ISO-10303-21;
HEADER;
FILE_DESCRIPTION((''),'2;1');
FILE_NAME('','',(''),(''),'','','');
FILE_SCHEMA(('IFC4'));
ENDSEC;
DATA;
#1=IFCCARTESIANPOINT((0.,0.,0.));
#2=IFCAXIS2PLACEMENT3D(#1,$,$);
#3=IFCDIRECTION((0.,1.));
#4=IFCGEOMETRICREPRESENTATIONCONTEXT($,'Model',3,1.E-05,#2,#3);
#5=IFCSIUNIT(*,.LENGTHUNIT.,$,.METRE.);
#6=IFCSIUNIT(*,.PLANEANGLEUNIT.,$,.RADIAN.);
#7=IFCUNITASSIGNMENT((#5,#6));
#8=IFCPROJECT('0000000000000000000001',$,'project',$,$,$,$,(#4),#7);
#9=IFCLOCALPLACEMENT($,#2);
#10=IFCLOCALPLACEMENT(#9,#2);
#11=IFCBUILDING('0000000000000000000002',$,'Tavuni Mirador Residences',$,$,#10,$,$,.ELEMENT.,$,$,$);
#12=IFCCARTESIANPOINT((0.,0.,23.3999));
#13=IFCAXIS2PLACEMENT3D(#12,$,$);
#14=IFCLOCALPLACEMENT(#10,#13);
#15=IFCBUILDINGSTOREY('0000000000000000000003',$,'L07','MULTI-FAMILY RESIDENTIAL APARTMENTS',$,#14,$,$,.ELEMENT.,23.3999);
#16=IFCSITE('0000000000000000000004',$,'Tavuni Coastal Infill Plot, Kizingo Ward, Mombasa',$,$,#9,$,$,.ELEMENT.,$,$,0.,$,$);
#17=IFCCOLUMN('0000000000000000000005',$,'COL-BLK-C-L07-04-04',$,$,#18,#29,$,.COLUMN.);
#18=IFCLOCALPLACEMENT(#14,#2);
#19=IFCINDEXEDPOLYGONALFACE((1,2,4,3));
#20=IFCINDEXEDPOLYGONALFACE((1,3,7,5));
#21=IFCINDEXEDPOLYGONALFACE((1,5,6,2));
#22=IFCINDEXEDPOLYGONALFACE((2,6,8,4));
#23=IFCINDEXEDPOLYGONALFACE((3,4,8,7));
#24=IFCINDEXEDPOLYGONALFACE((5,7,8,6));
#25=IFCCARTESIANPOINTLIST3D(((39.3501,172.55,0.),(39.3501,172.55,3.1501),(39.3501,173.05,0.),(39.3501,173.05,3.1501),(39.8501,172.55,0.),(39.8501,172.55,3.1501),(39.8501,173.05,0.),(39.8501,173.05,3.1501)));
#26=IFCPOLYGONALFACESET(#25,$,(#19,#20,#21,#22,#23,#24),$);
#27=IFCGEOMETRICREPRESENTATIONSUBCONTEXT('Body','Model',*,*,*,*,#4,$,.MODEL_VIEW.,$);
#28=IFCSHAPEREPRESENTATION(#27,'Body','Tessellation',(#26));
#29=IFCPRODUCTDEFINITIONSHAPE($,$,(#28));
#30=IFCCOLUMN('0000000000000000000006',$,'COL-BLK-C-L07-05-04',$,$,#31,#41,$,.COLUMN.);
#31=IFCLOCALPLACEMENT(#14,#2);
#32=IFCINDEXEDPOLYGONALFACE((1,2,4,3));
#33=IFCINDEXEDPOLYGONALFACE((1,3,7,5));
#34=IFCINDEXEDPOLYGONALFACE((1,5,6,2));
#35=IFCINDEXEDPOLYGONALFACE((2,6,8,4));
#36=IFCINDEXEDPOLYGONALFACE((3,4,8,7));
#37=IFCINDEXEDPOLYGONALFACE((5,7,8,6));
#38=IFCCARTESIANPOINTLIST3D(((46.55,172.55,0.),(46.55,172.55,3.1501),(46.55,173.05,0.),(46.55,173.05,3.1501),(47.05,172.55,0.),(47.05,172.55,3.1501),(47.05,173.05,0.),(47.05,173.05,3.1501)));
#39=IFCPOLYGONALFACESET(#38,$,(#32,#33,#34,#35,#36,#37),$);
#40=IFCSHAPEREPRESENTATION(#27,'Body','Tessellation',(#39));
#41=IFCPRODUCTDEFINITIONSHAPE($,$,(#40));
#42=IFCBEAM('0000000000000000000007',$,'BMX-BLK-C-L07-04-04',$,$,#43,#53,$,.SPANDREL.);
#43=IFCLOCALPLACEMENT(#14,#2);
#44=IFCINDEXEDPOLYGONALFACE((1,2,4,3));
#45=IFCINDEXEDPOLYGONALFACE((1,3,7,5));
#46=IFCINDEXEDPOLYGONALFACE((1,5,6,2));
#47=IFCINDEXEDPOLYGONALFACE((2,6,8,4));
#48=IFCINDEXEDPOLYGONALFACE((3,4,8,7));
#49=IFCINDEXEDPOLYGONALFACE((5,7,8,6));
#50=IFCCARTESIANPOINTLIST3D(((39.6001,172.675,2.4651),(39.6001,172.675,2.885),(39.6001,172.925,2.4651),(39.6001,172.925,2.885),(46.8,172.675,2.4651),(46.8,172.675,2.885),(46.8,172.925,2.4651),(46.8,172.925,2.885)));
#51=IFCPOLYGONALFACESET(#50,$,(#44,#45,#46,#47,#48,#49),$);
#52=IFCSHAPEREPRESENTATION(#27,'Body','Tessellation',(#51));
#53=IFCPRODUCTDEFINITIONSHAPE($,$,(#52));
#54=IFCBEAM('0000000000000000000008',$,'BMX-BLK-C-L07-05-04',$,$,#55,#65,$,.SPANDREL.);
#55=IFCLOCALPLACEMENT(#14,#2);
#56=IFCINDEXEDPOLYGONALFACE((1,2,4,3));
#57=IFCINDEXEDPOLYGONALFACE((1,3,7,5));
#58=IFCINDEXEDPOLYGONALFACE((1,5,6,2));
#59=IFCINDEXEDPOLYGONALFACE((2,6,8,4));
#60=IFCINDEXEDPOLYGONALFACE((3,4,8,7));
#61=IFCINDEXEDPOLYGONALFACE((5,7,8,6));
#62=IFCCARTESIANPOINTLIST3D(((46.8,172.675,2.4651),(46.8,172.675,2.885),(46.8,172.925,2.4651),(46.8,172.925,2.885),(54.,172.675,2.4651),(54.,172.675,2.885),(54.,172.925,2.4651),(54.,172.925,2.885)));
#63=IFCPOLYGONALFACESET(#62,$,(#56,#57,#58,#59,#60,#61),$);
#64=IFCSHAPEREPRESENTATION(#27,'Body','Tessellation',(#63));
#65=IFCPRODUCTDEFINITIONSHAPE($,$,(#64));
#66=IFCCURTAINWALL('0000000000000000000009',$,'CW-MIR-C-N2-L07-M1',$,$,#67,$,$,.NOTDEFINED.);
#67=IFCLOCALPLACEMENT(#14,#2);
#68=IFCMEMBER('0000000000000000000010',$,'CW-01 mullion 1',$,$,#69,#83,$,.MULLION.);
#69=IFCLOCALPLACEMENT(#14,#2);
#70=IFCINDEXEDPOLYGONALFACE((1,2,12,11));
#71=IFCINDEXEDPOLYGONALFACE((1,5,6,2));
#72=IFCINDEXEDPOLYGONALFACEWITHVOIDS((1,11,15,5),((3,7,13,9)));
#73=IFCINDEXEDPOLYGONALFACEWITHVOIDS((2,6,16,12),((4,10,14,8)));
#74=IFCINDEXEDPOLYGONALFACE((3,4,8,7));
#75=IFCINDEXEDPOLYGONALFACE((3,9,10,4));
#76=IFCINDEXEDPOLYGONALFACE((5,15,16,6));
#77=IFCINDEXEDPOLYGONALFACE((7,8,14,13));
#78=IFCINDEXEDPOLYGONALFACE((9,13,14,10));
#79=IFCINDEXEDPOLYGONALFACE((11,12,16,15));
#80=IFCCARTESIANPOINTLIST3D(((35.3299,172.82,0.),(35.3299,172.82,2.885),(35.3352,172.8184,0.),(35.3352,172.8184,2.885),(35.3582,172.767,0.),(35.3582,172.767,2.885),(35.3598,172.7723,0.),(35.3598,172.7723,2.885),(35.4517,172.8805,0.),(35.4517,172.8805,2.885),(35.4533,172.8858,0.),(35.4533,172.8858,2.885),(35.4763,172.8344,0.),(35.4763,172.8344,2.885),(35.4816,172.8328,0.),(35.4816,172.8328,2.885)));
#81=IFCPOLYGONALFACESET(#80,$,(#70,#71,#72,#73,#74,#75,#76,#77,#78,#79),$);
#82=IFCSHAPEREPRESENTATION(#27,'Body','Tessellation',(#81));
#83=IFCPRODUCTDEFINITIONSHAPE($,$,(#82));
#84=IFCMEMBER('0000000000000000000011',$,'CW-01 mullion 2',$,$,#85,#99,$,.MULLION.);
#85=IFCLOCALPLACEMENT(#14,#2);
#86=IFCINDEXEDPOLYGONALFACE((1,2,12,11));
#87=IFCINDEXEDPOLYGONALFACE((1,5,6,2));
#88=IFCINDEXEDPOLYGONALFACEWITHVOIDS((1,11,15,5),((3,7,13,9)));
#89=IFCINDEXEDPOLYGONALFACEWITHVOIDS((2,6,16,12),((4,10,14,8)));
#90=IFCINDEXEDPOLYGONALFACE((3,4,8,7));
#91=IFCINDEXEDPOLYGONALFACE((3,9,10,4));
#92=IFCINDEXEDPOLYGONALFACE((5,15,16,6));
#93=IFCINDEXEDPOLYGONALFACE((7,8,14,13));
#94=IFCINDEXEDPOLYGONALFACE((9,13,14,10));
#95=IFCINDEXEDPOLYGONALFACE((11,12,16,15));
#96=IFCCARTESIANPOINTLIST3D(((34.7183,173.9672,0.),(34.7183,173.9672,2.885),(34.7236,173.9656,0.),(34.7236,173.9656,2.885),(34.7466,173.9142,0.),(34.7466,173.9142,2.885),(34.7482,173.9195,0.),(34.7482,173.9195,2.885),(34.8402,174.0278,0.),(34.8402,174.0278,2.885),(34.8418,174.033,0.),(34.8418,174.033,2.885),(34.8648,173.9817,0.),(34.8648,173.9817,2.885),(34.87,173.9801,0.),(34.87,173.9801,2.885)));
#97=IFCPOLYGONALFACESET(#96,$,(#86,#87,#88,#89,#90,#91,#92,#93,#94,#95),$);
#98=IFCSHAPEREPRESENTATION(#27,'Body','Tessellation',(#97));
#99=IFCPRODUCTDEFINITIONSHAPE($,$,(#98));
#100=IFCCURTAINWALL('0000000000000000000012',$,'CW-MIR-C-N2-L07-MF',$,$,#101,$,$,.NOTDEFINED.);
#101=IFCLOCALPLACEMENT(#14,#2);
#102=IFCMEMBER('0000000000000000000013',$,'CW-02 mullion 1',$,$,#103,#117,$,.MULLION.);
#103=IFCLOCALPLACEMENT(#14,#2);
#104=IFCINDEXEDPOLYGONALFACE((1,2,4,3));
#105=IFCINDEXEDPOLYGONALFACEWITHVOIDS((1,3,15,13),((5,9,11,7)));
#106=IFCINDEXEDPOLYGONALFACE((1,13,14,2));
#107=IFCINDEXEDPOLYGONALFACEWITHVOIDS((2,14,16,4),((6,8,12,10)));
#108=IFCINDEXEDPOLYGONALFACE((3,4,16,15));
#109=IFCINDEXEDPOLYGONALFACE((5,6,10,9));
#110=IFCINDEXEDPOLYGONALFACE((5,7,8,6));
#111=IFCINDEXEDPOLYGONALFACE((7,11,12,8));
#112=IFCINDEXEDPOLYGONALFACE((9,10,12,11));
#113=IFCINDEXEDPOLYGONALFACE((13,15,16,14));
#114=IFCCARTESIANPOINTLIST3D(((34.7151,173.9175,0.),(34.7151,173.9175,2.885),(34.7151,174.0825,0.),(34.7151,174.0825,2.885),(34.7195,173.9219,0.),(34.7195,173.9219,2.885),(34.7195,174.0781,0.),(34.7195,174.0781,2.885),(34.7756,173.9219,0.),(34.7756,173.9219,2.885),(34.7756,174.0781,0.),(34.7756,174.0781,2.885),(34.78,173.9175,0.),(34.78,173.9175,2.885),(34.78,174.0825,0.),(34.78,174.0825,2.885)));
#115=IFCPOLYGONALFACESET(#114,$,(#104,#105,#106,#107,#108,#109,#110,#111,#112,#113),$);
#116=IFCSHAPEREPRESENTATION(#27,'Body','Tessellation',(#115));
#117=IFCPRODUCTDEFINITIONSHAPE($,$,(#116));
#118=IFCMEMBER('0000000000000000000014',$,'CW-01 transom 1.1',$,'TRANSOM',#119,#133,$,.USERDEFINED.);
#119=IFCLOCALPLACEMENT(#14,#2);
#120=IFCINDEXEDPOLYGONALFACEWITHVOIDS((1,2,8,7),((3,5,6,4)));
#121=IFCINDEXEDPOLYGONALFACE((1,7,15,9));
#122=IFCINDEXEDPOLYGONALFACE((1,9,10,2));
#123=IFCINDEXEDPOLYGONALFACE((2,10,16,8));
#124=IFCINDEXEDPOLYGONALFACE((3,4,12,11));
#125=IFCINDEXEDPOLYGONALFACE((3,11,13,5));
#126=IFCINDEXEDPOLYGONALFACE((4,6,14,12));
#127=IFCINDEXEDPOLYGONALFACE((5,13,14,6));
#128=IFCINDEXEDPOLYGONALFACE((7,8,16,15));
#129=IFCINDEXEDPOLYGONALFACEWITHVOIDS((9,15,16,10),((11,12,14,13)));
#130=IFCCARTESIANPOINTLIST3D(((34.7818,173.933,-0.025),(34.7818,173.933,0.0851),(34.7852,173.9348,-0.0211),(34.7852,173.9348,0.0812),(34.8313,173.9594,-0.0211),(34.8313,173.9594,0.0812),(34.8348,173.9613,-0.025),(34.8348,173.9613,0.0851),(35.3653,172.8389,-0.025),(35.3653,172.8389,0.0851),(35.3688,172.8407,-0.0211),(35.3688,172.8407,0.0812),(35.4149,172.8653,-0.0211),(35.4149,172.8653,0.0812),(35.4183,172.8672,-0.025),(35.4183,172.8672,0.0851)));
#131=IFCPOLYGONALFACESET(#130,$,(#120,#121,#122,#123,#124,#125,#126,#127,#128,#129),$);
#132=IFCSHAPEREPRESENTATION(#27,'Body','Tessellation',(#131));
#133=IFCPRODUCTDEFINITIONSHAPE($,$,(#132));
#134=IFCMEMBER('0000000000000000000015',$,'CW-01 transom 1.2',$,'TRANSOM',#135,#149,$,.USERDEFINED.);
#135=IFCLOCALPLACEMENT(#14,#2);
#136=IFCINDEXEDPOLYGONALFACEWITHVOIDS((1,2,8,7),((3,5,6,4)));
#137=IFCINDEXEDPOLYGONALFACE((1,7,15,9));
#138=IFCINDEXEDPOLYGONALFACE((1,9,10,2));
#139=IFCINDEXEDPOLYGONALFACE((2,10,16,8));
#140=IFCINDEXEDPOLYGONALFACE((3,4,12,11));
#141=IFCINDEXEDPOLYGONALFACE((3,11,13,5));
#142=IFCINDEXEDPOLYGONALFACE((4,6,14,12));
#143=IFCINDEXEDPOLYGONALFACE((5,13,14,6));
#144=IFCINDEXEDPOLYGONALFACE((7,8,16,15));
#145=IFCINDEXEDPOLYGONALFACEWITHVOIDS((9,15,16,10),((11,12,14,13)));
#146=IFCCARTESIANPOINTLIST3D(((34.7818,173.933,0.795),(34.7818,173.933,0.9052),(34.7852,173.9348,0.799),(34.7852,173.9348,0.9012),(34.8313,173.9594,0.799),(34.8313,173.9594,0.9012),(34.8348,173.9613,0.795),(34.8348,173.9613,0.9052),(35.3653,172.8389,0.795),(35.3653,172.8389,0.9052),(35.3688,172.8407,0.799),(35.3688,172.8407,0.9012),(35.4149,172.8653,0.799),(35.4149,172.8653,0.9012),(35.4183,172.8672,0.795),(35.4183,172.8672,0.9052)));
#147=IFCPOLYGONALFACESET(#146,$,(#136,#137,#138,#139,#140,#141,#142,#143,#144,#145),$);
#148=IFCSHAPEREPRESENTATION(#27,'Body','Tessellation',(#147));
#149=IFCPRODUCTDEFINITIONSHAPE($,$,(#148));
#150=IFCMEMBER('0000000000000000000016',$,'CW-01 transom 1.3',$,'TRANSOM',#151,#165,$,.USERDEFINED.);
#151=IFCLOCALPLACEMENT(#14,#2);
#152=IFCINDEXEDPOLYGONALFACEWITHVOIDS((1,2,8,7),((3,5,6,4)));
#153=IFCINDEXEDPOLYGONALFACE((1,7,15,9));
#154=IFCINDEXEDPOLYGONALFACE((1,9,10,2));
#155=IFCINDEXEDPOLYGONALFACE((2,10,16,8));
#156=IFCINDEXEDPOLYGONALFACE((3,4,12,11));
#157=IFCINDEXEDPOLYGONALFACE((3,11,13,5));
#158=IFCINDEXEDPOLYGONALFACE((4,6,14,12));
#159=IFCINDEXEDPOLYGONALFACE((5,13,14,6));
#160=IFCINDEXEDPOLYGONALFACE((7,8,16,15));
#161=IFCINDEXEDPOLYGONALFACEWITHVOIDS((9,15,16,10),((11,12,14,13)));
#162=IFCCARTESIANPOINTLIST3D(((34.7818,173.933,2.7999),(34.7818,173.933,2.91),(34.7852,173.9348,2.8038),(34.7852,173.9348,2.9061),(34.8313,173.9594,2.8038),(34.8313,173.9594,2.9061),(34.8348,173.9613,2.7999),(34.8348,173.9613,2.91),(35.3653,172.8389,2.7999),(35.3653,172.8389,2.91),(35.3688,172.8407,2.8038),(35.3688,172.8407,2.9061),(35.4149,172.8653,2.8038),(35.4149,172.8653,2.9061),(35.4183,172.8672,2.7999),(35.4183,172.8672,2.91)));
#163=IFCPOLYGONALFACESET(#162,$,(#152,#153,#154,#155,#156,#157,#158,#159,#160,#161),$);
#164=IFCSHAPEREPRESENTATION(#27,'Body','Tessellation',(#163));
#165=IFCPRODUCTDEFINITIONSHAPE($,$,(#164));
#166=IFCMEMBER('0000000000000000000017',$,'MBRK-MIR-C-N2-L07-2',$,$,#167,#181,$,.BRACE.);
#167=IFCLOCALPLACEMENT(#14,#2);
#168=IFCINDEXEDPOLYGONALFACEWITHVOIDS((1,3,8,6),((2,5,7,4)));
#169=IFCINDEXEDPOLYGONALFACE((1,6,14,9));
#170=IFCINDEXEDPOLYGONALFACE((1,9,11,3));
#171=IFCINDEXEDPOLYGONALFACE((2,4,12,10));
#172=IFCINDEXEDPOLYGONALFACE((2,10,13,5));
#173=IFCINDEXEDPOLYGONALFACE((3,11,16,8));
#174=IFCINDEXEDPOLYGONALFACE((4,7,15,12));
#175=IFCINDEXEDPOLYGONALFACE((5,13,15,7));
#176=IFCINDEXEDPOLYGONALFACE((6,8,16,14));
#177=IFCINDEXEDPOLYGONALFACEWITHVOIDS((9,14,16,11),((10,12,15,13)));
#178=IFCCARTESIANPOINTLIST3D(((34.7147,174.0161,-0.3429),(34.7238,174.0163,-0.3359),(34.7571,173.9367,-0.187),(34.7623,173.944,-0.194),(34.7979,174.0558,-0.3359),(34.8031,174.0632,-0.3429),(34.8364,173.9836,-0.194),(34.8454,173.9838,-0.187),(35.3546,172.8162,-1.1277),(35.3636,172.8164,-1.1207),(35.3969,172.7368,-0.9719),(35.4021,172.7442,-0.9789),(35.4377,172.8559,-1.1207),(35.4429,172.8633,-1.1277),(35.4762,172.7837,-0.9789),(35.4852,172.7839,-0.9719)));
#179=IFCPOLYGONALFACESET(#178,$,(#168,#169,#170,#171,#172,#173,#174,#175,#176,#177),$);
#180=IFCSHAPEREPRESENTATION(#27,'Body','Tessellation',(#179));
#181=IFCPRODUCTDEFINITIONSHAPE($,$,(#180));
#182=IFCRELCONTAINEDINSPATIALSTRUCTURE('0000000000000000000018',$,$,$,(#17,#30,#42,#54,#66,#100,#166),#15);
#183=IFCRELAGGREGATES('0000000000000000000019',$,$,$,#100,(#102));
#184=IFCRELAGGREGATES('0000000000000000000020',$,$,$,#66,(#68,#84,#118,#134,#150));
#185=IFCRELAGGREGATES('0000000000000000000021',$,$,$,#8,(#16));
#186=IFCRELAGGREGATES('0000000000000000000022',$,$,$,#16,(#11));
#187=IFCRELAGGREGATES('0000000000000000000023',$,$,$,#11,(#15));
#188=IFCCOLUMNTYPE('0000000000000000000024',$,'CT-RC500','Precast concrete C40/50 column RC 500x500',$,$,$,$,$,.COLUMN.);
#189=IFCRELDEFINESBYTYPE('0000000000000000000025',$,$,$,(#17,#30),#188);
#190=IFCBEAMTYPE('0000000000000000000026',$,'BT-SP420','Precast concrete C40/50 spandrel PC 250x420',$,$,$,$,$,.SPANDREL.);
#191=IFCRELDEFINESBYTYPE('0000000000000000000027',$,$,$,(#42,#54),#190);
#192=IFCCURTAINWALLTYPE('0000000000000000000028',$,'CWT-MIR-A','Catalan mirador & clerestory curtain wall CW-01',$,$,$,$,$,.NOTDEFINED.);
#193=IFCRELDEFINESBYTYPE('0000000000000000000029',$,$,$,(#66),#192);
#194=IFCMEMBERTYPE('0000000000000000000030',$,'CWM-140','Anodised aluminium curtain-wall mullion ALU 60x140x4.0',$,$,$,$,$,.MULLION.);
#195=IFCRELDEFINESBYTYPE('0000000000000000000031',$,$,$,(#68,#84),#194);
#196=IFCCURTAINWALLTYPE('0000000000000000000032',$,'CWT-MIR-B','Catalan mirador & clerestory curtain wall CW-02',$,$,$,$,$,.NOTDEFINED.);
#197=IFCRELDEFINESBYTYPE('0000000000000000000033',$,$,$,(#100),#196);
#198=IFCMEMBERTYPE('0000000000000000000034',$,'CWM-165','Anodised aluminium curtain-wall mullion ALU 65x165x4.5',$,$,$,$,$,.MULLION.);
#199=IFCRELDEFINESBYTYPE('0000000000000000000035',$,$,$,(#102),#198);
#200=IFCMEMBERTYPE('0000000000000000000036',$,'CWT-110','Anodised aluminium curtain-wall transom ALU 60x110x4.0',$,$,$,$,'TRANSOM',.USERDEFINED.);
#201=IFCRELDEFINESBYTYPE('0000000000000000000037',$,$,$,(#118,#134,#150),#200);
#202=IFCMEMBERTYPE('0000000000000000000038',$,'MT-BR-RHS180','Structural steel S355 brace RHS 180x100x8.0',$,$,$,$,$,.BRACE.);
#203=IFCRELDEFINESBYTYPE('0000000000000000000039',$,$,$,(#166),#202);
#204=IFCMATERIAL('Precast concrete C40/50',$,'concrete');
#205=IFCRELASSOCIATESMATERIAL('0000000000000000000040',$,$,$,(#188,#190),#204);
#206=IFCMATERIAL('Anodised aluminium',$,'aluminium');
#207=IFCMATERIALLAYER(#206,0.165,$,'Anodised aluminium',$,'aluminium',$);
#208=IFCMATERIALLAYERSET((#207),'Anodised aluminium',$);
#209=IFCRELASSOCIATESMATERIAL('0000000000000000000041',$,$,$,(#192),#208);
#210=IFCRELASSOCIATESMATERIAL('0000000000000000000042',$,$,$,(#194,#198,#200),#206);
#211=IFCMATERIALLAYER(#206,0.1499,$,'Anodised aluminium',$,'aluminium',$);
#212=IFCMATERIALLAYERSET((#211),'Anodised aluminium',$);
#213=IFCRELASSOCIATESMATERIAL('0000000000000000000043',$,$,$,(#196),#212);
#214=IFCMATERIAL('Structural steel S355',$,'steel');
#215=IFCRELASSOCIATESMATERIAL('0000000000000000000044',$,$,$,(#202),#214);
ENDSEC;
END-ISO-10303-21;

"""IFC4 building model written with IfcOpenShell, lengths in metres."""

from ifc_helpers import new_model, si_unit, direction, frame, origin, origin_2d, place, context, subcontext, project, spatial, rectangle, hollow_rectangle, extrude, material, layer, layer_set, material_profile, profile_set, type_object, element, aggregate, save


model = new_model("IFC4")

# Units and contexts
model_context = context("Model", 3, precision=1e-05, world=origin(), true_north=direction((0.0, 1.0)))
body_context = subcontext(model_context, "Body", "Model", "MODEL_VIEW")
ifc_project = project(units=[si_unit("LENGTHUNIT", "METRE"), si_unit("PLANEANGLEUNIT", "RADIAN")], contexts=[model_context])

# Site, building, storey
site_placement = place(None, origin())
site = spatial("IfcSite", under=ifc_project, at=site_placement, Name="Tavuni Coastal Infill Plot, Kizingo Ward, Mombasa", CompositionType="ELEMENT", RefElevation=0.0)
building_placement = place(site_placement, origin())
building = spatial("IfcBuilding", under=site, at=building_placement, Name="Tavuni Mirador Residences", CompositionType="ELEMENT")
storey_placement = place(building_placement, frame((0.0, 0.0, 23.3999)))
storey = spatial("IfcBuildingStorey", under=building, at=storey_placement, Name="L07", Description="MULTI-FAMILY RESIDENTIAL APARTMENTS", CompositionType="ELEMENT", Elevation=23.3999)

# Columns
ifc_material_1 = material(Name="Precast concrete C40/50", Category="concrete")
ifc_material_profile_1 = material_profile(ifc_material_1, rectangle(XDim=0.5, YDim=0.5, at=origin_2d()), Name="RC 500x500", Category="concrete")
ifc_profile_set_1 = profile_set([ifc_material_profile_1], Name="Precast concrete C40/50")
column_type = type_object("IfcColumnType", Name="CT-RC500", Description="Precast concrete C40/50 column RC 500x500", PredefinedType="COLUMN", material=ifc_profile_set_1)
for number, where, z_axis, x_axis, name in (
    (1, (39.6001, 172.8, 0.0), (0.0, 0.0, 1.0), (1.0, 0.0, 0.0), "COL-BLK-C-L07-04-04"),
    (2, (46.8, 172.8, 0.0), (0.0, 0.0, 1.0), (1.0, 0.0, 0.0), "COL-BLK-C-L07-05-04"),
):
    element("IfcColumn", number, at=place(storey_placement, frame(where, z_axis=z_axis, x_axis=x_axis)), inside=storey, type_object=column_type, Name=name, PredefinedType="COLUMN", context=body_context, shape_type="SweptSolid", body=[
        extrude(rectangle(XDim=0.5, YDim=0.5, at=origin_2d()), origin(), (0.0, 0.0, 1.0), 3.1501),
    ])

# Beams
ifc_material_profile_2 = material_profile(ifc_material_1, rectangle(XDim=0.25, YDim=0.4199, at=origin_2d()), Name="PC 250x420", Category="concrete")
ifc_profile_set_2 = profile_set([ifc_material_profile_2], Name="Precast concrete C40/50")
beam_type = type_object("IfcBeamType", Name="BT-SP420", Description="Precast concrete C40/50 spandrel PC 250x420", PredefinedType="SPANDREL", material=ifc_profile_set_2)
for number, where, z_axis, x_axis, name in (
    (3, (39.6001, 172.8, 2.675), (1.0, 0.0, 0.0), (0.0, 1.0, 0.0), "BMX-BLK-C-L07-04-04"),
    (4, (46.8, 172.8, 2.675), (1.0, 0.0, 0.0), (0.0, 1.0, 0.0), "BMX-BLK-C-L07-05-04"),
):
    element("IfcBeam", number, at=place(storey_placement, frame(where, z_axis=z_axis, x_axis=x_axis)), inside=storey, type_object=beam_type, Name=name, PredefinedType="SPANDREL", context=body_context, shape_type="SweptSolid", body=[
        extrude(rectangle(XDim=0.25, YDim=0.4199, at=origin_2d()), origin(), (0.0, 0.0, 1.0), 7.2),
    ])

# Curtain wall, members
ifc_material_2 = material(Name="Anodised aluminium", Category="aluminium")
ifc_layer_1 = layer(ifc_material_2, 0.165, Name="Anodised aluminium", Category="aluminium")
ifc_layer_set_1 = layer_set([ifc_layer_1], Name="Anodised aluminium")
curtain_wall_type_1 = type_object("IfcCurtainWallType", Name="CWT-MIR-A", Description="Catalan mirador & clerestory curtain wall CW-01", PredefinedType="NOTDEFINED", material=ifc_layer_set_1)
curtain_wall_1_placement = place(storey_placement, origin())
curtain_wall_1 = element("IfcCurtainWall", 5, at=curtain_wall_1_placement, inside=storey, type_object=curtain_wall_type_1, Name="CW-MIR-C-N2-L07-M1", PredefinedType="NOTDEFINED")
ifc_material_profile_3 = material_profile(ifc_material_2, hollow_rectangle(XDim=0.0601, YDim=0.1399, WallThickness=0.0039, at=origin_2d()), Name="ALU 60x140x4.0", Category="aluminium")
ifc_profile_set_3 = profile_set([ifc_material_profile_3], Name="Anodised aluminium")
member_type_1 = type_object("IfcMemberType", Name="CWM-140", Description="Anodised aluminium curtain-wall mullion ALU 60x140x4.0", PredefinedType="MULLION", material=ifc_profile_set_3)
member_1_placement = place(storey_placement, frame((35.4058, 172.8264, 0.0), z_axis=(0.0, 0.0, 1.0), x_axis=(-0.470588, 0.882353, 0.0)))
member_1 = element("IfcMember", 6, at=member_1_placement, type_object=member_type_1, Name="CW-01 mullion 1", PredefinedType="MULLION", context=body_context, shape_type="SweptSolid", body=[
    extrude(hollow_rectangle(XDim=0.0601, YDim=0.1399, WallThickness=0.0039, at=origin_2d()), origin(), (0.0, 0.0, 1.0), 2.885),
])
member_2_placement = place(storey_placement, frame((34.7942, 173.9736, 0.0), z_axis=(0.0, 0.0, 1.0), x_axis=(-0.470588, 0.882353, 0.0)))
member_2 = element("IfcMember", 7, at=member_2_placement, type_object=member_type_1, Name="CW-01 mullion 2", PredefinedType="MULLION", context=body_context, shape_type="SweptSolid", body=[
    extrude(hollow_rectangle(XDim=0.0601, YDim=0.1399, WallThickness=0.0039, at=origin_2d()), origin(), (0.0, 0.0, 1.0), 2.885),
])

# Curtain wall, member
ifc_layer_2 = layer(ifc_material_2, 0.1499, Name="Anodised aluminium", Category="aluminium")
ifc_layer_set_2 = layer_set([ifc_layer_2], Name="Anodised aluminium")
curtain_wall_type_2 = type_object("IfcCurtainWallType", Name="CWT-MIR-B", Description="Catalan mirador & clerestory curtain wall CW-02", PredefinedType="NOTDEFINED", material=ifc_layer_set_2)
curtain_wall_2_placement = place(storey_placement, origin())
curtain_wall_2 = element("IfcCurtainWall", 8, at=curtain_wall_2_placement, inside=storey, type_object=curtain_wall_type_2, Name="CW-MIR-C-N2-L07-MF", PredefinedType="NOTDEFINED")
ifc_material_profile_4 = material_profile(ifc_material_2, hollow_rectangle(XDim=0.0649, YDim=0.165, WallThickness=0.0044, at=origin_2d()), Name="ALU 65x165x4.5", Category="aluminium")
ifc_profile_set_4 = profile_set([ifc_material_profile_4], Name="Anodised aluminium")
member_type_2 = type_object("IfcMemberType", Name="CWM-165", Description="Anodised aluminium curtain-wall mullion ALU 65x165x4.5", PredefinedType="MULLION", material=ifc_profile_set_4)
member_3_placement = place(storey_placement, frame((34.7476, 174.0, 0.0), z_axis=(0.0, 0.0, 1.0), x_axis=(-1.0, 0.0, 0.0)))
member_3 = element("IfcMember", 9, at=member_3_placement, type_object=member_type_2, Name="CW-02 mullion 1", PredefinedType="MULLION", context=body_context, shape_type="SweptSolid", body=[
    extrude(hollow_rectangle(XDim=0.0649, YDim=0.165, WallThickness=0.0044, at=origin_2d()), origin(), (0.0, 0.0, 1.0), 2.885),
])
aggregate(curtain_wall_2, [member_3])

# Members
ifc_material_profile_5 = material_profile(ifc_material_2, hollow_rectangle(XDim=0.0601, YDim=0.1101, WallThickness=0.0039, at=origin_2d()), Name="ALU 60x110x4.0", Category="aluminium")
ifc_profile_set_5 = profile_set([ifc_material_profile_5], Name="Anodised aluminium")
member_type_3 = type_object("IfcMemberType", Name="CWT-110", Description="Anodised aluminium curtain-wall transom ALU 60x110x4.0", ElementType="TRANSOM", PredefinedType="USERDEFINED", material=ifc_profile_set_5)
member_4_placement = place(storey_placement, frame((35.3918, 172.853, 0.03), z_axis=(-0.470609, 0.882342, 0.0), x_axis=(-0.882342, -0.470609, 0.0)))
member_4 = element("IfcMember", 10, at=member_4_placement, type_object=member_type_3, Name="CW-01 transom 1.1", ObjectType="TRANSOM", PredefinedType="USERDEFINED", context=body_context, shape_type="SweptSolid", body=[
    extrude(hollow_rectangle(XDim=0.0601, YDim=0.1101, WallThickness=0.0039, at=origin_2d()), origin(), (0.0, 0.0, 1.0), 1.24),
])
member_5_placement = place(storey_placement, frame((35.3918, 172.853, 0.8501), z_axis=(-0.470609, 0.882342, 0.0), x_axis=(-0.882342, -0.470609, 0.0)))
member_5 = element("IfcMember", 11, at=member_5_placement, type_object=member_type_3, Name="CW-01 transom 1.2", ObjectType="TRANSOM", PredefinedType="USERDEFINED", context=body_context, shape_type="SweptSolid", body=[
    extrude(hollow_rectangle(XDim=0.0601, YDim=0.1101, WallThickness=0.0039, at=origin_2d()), origin(), (0.0, 0.0, 1.0), 1.24),
])
member_6_placement = place(storey_placement, frame((35.3918, 172.853, 2.855), z_axis=(-0.470609, 0.882342, 0.0), x_axis=(-0.882342, -0.470609, 0.0)))
member_6 = element("IfcMember", 12, at=member_6_placement, type_object=member_type_3, Name="CW-01 transom 1.3", ObjectType="TRANSOM", PredefinedType="USERDEFINED", context=body_context, shape_type="SweptSolid", body=[
    extrude(hollow_rectangle(XDim=0.0601, YDim=0.1101, WallThickness=0.0039, at=origin_2d()), origin(), (0.0, 0.0, 1.0), 1.24),
])
ifc_material_3 = material(Name="Structural steel S355", Category="steel")
ifc_material_profile_6 = material_profile(ifc_material_3, hollow_rectangle(XDim=0.1001, YDim=0.1799, WallThickness=0.0081, at=origin_2d()), Name="RHS 180x100x8.0", Category="steel")
ifc_profile_set_6 = profile_set([ifc_material_profile_6], Name="Structural steel S355")
member_type_4 = type_object("IfcMemberType", Name="MT-BR-RHS180", Description="Structural steel S355 brace RHS 180x100x8.0", PredefinedType="BRACE", material=ifc_profile_set_6)
member_7_placement = place(storey_placement, frame((35.4199, 172.8, -1.0498), z_axis=(-0.407531, 0.764218, 0.49989), x_axis=(-0.882378, -0.470542, 0.0)))
element("IfcMember", 13, at=member_7_placement, inside=storey, type_object=member_type_4, Name="MBRK-MIR-C-N2-L07-2", PredefinedType="BRACE", context=body_context, shape_type="SweptSolid", body=[
    extrude(hollow_rectangle(XDim=0.1001, YDim=0.1799, WallThickness=0.0081, at=origin_2d()), origin(), (0.0, 0.0, 1.0), 1.5701),
])

aggregate(curtain_wall_1, [member_1, member_2, member_4, member_5, member_6])

save(model, "model.ifc")
